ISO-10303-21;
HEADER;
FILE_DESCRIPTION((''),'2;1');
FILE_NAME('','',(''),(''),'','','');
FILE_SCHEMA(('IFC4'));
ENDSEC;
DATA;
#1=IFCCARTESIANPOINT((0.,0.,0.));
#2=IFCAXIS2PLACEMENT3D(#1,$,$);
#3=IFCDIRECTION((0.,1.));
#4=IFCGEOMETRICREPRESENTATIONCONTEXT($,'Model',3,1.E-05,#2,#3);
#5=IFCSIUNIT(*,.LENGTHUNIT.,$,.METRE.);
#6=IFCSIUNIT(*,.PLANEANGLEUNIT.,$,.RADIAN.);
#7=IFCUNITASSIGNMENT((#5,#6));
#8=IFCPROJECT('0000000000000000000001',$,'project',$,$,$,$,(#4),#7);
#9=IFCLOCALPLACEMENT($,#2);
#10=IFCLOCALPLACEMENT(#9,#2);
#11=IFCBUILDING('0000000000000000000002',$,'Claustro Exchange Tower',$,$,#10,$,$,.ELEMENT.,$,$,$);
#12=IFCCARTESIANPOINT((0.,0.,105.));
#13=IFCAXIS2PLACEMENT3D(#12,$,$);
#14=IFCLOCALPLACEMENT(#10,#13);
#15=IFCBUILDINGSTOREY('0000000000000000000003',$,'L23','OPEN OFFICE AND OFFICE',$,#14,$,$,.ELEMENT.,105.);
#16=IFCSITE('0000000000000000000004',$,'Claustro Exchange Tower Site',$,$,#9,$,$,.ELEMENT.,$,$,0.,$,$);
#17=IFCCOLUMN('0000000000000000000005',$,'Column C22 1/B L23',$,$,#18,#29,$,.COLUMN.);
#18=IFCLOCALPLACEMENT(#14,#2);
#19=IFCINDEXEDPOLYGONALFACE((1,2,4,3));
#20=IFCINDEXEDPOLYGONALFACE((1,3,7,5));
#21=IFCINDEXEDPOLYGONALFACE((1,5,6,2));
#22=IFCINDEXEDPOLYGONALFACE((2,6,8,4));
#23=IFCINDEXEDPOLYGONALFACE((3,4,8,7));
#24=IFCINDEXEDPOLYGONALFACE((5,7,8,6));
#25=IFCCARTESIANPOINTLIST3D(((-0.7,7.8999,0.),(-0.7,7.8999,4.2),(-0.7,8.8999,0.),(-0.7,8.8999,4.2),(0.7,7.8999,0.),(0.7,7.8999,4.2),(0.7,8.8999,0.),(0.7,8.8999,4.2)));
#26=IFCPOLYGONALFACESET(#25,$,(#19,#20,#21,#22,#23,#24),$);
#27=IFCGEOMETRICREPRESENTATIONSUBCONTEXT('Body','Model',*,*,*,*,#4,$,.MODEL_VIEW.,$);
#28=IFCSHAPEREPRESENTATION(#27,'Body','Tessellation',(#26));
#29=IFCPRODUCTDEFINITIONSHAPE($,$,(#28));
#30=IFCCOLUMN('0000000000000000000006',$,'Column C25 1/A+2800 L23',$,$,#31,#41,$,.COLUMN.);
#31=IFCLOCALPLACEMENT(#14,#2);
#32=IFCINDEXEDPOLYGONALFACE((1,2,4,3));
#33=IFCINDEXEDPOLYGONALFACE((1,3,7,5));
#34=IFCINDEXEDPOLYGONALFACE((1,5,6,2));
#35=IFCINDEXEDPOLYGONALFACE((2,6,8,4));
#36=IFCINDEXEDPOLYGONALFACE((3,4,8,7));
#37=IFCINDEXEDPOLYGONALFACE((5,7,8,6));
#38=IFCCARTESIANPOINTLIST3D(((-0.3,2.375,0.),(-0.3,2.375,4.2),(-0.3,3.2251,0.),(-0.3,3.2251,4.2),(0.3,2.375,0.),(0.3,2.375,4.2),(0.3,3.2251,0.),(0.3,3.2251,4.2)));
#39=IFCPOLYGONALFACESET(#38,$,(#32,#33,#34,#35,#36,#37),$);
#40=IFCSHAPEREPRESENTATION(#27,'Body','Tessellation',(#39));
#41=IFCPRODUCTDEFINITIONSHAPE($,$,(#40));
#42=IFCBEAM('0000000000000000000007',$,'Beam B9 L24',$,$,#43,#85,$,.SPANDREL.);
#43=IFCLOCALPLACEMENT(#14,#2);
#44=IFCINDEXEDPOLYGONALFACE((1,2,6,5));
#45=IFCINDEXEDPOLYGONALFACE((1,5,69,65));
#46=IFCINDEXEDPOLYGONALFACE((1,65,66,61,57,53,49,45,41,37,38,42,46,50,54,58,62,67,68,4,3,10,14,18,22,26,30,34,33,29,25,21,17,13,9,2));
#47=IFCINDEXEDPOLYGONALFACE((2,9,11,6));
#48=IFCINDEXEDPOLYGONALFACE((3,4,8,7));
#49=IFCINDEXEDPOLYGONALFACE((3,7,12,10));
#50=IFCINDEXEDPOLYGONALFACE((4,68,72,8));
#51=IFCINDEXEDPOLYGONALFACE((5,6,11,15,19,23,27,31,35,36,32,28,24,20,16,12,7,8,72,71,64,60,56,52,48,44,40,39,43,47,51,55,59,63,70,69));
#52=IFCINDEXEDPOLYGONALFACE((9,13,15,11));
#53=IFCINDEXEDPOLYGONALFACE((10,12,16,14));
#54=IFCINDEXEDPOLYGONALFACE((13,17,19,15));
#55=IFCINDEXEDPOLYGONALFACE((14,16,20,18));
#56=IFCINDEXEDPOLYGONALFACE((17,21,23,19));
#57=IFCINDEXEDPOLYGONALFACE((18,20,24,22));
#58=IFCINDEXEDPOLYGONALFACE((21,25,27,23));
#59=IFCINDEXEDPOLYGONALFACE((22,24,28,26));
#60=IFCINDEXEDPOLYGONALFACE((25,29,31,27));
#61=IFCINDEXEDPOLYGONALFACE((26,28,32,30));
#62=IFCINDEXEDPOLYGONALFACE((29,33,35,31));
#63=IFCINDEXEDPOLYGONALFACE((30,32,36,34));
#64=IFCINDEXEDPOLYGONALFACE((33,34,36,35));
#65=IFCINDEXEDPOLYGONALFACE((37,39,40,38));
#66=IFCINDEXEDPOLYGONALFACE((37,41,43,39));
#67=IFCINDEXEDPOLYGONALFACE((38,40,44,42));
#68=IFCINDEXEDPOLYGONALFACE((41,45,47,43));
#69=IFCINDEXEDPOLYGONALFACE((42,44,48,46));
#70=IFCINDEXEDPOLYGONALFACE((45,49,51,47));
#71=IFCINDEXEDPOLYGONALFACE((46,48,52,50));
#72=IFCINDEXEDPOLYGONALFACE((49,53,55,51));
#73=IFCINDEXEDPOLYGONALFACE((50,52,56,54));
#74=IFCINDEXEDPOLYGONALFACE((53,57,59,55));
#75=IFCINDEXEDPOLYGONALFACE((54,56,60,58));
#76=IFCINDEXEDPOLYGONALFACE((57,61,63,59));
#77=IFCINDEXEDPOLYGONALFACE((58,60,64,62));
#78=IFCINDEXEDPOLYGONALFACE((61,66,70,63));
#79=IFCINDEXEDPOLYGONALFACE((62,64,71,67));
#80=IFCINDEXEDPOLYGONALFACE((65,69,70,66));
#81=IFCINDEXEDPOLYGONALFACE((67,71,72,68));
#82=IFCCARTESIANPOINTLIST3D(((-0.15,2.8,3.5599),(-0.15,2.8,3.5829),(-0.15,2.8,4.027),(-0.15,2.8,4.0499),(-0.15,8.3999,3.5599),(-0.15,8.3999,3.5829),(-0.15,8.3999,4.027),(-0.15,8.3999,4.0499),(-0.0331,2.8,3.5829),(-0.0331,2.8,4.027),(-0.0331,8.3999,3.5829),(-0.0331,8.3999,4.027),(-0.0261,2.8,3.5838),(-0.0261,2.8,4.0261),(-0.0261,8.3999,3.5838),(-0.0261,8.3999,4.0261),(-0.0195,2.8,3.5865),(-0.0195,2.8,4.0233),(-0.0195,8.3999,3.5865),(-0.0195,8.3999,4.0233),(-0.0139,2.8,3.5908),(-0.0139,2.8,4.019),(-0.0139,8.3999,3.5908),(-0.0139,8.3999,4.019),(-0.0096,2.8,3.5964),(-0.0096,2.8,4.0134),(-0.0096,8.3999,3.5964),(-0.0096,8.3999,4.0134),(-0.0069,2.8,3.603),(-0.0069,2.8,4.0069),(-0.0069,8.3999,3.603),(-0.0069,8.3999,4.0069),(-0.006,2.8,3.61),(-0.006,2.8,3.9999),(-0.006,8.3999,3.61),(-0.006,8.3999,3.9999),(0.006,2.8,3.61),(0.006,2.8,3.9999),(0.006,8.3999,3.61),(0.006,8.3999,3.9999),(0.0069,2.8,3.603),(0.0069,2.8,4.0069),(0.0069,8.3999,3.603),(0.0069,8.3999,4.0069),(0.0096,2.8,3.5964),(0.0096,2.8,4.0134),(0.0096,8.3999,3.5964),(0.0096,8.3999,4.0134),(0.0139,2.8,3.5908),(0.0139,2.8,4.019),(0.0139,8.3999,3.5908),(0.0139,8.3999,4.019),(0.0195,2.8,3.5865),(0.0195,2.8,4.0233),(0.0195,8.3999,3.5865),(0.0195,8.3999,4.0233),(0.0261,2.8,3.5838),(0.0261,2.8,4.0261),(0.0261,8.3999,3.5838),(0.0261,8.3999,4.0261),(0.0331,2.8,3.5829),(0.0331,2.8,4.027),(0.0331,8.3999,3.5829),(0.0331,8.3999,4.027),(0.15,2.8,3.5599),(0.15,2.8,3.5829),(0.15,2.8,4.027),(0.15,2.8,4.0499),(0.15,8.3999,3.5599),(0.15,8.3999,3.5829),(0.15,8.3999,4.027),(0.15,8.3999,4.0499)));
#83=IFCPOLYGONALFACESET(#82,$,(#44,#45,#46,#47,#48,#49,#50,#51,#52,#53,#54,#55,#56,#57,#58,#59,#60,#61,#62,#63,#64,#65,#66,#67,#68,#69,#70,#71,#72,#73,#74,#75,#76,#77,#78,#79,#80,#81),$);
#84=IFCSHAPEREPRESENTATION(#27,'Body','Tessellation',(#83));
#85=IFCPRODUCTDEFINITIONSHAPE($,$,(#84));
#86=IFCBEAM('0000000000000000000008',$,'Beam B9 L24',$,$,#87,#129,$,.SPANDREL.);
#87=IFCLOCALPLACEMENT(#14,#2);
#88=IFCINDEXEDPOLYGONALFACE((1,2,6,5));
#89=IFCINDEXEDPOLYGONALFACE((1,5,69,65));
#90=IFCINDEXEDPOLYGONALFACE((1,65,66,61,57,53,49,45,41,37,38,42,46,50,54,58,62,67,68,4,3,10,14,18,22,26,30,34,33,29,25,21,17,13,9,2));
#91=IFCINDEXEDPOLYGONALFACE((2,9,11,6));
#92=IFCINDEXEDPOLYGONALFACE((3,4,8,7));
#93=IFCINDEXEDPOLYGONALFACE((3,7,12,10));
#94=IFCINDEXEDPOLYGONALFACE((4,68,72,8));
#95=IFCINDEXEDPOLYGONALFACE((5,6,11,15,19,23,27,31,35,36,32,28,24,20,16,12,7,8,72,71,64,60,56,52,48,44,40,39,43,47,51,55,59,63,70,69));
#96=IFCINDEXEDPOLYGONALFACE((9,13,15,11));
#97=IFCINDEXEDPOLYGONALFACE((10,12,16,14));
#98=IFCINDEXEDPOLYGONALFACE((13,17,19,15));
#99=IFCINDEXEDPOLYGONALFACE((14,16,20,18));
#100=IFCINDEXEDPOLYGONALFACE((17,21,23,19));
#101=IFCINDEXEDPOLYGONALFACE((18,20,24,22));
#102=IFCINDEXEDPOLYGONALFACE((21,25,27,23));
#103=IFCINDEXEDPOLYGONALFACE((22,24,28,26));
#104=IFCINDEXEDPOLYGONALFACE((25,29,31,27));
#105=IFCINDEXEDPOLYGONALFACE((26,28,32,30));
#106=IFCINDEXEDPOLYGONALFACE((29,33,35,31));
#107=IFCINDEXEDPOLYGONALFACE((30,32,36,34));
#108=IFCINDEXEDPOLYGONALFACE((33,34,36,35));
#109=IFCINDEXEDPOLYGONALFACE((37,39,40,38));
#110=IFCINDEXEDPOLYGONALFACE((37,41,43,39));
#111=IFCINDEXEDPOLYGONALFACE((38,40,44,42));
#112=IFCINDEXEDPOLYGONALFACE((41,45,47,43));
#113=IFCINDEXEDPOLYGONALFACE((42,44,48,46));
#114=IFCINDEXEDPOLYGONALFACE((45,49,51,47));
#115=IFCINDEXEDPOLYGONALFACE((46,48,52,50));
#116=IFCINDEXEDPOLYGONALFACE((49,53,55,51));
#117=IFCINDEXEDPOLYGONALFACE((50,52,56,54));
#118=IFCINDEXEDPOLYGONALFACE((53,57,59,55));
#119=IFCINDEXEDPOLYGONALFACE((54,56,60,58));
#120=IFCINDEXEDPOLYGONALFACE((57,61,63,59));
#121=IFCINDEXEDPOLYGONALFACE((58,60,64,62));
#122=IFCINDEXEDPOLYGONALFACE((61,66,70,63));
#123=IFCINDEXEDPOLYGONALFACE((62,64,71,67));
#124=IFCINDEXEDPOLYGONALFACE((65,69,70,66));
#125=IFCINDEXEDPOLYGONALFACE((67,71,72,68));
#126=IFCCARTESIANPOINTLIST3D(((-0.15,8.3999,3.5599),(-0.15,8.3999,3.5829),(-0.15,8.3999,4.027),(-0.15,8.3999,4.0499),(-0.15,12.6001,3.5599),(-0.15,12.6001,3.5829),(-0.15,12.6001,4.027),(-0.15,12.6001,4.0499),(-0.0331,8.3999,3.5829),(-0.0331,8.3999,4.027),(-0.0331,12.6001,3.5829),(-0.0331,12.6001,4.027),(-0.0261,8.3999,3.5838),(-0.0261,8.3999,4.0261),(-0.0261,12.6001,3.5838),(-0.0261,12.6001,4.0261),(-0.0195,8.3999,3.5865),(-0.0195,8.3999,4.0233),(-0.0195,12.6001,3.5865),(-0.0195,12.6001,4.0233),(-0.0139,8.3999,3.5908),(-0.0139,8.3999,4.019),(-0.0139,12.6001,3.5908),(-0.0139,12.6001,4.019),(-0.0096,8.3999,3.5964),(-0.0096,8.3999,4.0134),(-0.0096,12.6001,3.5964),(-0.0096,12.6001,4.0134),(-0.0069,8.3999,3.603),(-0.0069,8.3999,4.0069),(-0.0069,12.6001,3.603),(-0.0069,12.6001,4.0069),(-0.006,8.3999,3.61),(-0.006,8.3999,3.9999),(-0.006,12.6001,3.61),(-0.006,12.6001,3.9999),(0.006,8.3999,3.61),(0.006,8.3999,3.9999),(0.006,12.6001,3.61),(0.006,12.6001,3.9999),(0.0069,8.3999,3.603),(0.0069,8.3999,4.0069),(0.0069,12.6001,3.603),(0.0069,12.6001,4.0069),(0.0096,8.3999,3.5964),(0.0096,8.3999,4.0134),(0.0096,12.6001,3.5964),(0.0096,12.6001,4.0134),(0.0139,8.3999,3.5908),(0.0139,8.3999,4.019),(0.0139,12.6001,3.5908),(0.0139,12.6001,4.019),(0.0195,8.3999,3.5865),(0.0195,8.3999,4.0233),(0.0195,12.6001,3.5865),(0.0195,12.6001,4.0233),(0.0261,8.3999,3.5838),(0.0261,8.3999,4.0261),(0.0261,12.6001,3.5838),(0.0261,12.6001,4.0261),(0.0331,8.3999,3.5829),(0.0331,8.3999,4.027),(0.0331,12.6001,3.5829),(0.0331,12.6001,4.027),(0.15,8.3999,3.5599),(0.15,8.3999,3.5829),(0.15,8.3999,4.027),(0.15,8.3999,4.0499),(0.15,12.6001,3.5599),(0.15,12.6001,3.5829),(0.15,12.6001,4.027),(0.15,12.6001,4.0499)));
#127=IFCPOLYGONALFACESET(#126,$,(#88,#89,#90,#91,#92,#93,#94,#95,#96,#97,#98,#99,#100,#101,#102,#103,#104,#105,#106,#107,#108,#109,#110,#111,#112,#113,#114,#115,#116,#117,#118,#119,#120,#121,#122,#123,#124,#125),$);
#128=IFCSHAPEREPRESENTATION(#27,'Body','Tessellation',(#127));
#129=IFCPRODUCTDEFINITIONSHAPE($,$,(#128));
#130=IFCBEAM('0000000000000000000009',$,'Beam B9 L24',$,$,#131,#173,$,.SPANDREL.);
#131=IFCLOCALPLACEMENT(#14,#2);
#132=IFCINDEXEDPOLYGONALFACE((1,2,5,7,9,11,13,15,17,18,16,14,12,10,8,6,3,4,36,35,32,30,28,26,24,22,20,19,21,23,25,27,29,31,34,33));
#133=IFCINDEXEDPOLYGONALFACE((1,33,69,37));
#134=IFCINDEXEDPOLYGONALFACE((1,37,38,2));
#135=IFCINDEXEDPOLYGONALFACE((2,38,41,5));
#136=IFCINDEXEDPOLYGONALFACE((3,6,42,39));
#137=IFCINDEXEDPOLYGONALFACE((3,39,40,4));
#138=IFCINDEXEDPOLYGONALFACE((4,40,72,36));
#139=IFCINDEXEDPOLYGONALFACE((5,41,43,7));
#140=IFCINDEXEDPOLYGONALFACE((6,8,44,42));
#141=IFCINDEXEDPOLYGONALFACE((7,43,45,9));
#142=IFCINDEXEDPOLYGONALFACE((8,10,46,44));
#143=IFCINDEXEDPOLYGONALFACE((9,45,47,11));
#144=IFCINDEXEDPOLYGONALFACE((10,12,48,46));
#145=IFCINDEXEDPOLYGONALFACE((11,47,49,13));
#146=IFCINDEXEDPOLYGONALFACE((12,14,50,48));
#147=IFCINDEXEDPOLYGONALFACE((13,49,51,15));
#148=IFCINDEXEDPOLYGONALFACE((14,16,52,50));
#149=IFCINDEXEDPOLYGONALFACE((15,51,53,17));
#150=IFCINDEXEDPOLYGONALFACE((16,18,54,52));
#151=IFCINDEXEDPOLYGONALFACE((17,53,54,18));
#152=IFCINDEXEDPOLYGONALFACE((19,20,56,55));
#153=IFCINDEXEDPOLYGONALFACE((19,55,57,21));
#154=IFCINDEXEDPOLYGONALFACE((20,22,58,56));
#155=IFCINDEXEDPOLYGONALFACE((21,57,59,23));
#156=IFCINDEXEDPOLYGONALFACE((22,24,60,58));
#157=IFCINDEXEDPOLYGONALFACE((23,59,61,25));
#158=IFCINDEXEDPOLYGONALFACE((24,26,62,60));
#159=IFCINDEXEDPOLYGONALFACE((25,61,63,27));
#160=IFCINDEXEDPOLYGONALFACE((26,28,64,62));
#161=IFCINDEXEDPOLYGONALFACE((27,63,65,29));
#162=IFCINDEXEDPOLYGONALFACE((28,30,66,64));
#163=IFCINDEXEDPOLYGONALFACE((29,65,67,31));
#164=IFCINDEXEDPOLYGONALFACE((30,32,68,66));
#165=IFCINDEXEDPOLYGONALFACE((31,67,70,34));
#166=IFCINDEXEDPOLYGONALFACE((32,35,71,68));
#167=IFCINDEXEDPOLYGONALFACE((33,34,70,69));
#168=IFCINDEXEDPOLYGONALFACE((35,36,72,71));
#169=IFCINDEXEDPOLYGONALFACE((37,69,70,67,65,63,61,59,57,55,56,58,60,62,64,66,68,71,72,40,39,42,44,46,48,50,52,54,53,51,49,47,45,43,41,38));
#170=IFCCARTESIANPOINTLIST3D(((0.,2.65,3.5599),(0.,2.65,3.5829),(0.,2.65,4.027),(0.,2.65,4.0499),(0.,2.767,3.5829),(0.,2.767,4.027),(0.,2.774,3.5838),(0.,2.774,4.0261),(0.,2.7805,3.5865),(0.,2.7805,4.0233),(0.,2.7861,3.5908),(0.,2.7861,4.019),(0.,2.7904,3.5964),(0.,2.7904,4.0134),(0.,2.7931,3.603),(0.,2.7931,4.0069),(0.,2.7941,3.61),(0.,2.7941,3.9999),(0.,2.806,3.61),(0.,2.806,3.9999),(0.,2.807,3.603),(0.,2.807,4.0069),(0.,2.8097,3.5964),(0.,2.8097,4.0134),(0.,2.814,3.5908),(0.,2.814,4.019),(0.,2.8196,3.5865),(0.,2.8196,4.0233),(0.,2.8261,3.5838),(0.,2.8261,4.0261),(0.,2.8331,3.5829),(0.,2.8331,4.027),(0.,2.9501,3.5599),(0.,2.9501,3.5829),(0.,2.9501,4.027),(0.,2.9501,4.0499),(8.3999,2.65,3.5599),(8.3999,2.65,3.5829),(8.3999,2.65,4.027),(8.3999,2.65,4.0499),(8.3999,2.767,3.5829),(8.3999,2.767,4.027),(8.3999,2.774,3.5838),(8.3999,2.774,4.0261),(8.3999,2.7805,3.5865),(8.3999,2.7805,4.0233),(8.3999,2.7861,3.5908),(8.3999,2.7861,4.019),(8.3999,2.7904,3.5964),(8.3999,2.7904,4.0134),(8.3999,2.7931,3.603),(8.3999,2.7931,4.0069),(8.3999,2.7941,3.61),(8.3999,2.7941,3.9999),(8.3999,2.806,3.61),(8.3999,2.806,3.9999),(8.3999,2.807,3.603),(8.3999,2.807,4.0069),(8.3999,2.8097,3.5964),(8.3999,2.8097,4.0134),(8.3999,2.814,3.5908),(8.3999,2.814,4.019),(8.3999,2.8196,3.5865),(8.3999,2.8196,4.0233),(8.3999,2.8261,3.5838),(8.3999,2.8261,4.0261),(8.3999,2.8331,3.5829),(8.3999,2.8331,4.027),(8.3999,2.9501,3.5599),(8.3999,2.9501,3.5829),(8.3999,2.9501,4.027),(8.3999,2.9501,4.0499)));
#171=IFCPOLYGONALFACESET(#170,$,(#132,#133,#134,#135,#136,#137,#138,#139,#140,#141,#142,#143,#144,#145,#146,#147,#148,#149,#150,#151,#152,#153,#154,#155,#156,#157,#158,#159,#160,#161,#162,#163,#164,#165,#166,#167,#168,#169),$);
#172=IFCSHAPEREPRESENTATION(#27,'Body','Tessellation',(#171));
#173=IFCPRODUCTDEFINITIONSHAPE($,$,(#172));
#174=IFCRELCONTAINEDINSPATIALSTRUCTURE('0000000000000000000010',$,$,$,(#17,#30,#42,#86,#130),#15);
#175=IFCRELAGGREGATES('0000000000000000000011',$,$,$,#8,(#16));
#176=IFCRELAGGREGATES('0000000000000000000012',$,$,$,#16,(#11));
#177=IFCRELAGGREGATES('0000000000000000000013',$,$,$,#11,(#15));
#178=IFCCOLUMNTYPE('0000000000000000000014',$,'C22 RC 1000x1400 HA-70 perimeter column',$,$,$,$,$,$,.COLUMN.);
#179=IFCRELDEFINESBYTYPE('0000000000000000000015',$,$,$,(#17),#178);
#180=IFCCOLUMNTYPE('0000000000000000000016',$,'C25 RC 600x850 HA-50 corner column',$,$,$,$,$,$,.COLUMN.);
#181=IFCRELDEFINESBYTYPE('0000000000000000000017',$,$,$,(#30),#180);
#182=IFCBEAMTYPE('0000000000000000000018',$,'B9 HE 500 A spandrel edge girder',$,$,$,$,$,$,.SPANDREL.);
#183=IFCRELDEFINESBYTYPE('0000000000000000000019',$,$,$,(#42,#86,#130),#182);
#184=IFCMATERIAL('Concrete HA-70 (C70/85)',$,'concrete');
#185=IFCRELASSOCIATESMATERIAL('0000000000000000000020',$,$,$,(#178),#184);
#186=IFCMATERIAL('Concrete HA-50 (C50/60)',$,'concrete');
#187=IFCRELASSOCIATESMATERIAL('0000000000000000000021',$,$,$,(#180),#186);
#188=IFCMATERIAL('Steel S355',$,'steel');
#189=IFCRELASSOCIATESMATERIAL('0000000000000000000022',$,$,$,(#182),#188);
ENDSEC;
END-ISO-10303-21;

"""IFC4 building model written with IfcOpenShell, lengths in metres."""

from ifc_helpers import new_model, si_unit, direction, frame, origin, origin_2d, place, context, subcontext, project, spatial, rectangle, i_section, extrude, material, material_profile, profile_set, type_object, element, save


model = new_model("IFC4")

# Units and contexts
model_context = context("Model", 3, precision=1e-05, world=origin(), true_north=direction((0.0, 1.0)))
body_context = subcontext(model_context, "Body", "Model", "MODEL_VIEW")
ifc_project = project(units=[si_unit("LENGTHUNIT", "METRE"), si_unit("PLANEANGLEUNIT", "RADIAN")], contexts=[model_context])

# Site, building, storey
site_placement = place(None, origin())
site = spatial("IfcSite", under=ifc_project, at=site_placement, Name="Claustro Exchange Tower Site", CompositionType="ELEMENT", RefElevation=0.0)
building_placement = place(site_placement, origin())
building = spatial("IfcBuilding", under=site, at=building_placement, Name="Claustro Exchange Tower", CompositionType="ELEMENT")
storey_placement = place(building_placement, frame((0.0, 0.0, 105.0)))
storey = spatial("IfcBuildingStorey", under=building, at=storey_placement, Name="L23", Description="OPEN OFFICE AND OFFICE", CompositionType="ELEMENT", Elevation=105.0)

# Columns
ifc_material_1 = material(Name="Concrete HA-70 (C70/85)", Category="concrete")
ifc_material_profile_1 = material_profile(ifc_material_1, rectangle(XDim=1.0, YDim=1.3999, at=origin_2d()), Name="RC 1000x1400")
ifc_profile_set_1 = profile_set([ifc_material_profile_1], Name="Concrete HA-70 (C70/85)")
column_type_1 = type_object("IfcColumnType", Name="C22 RC 1000x1400 HA-70 perimeter column", PredefinedType="COLUMN", material=ifc_profile_set_1)
column_1_placement = place(storey_placement, frame((0.0, 8.3999, 0.0), z_axis=(0.0, 0.0, 1.0), x_axis=(0.0, 1.0, 0.0)))
element("IfcColumn", 1, at=column_1_placement, inside=storey, type_object=column_type_1, Name="Column C22 1/B L23", PredefinedType="COLUMN", context=body_context, shape_type="SweptSolid", body=[
    extrude(rectangle(XDim=1.0, YDim=1.3999, at=origin_2d()), origin(), (0.0, 0.0, 1.0), 4.2),
])
ifc_material_2 = material(Name="Concrete HA-50 (C50/60)", Category="concrete")
ifc_material_profile_2 = material_profile(ifc_material_2, rectangle(XDim=0.6001, YDim=0.8501, at=origin_2d()), Name="RC 600x850")
ifc_profile_set_2 = profile_set([ifc_material_profile_2], Name="Concrete HA-50 (C50/60)")
column_type_2 = type_object("IfcColumnType", Name="C25 RC 600x850 HA-50 corner column", PredefinedType="COLUMN", material=ifc_profile_set_2)
column_2_placement = place(storey_placement, frame((0.0, 2.8, 0.0), z_axis=(0.0, 0.0, 1.0), x_axis=(1.0, 0.0, 0.0)))
element("IfcColumn", 2, at=column_2_placement, inside=storey, type_object=column_type_2, Name="Column C25 1/A+2800 L23", PredefinedType="COLUMN", context=body_context, shape_type="SweptSolid", body=[
    extrude(rectangle(XDim=0.6001, YDim=0.8501, at=origin_2d()), origin(), (0.0, 0.0, 1.0), 4.2),
])

# Beams
ifc_material_3 = material(Name="Steel S355", Category="steel")
ifc_material_profile_3 = material_profile(ifc_material_3, i_section(OverallWidth=0.3, OverallDepth=0.49, WebThickness=0.012, FlangeThickness=0.0229, FilletRadius=0.0271, at=origin_2d()), Name="HE 500 A")
ifc_profile_set_3 = profile_set([ifc_material_profile_3], Name="Steel S355")
beam_type = type_object("IfcBeamType", Name="B9 HE 500 A spandrel edge girder", PredefinedType="SPANDREL", material=ifc_profile_set_3)
beam_1_placement = place(storey_placement, frame((0.0, 2.8, 3.8049), z_axis=(0.0, 1.0, 0.0), x_axis=(-1.0, 0.0, 0.0)))
element("IfcBeam", 3, at=beam_1_placement, inside=storey, type_object=beam_type, Name="Beam B9 L24", PredefinedType="SPANDREL", context=body_context, shape_type="SweptSolid", body=[
    extrude(i_section(OverallWidth=0.3, OverallDepth=0.49, WebThickness=0.012, FlangeThickness=0.0229, FilletRadius=0.0271, at=origin_2d()), origin(), (0.0, 0.0, 1.0), 5.5999),
])
beam_2_placement = place(storey_placement, frame((0.0, 8.3999, 3.8049), z_axis=(0.0, 1.0, 0.0), x_axis=(-1.0, 0.0, 0.0)))
element("IfcBeam", 4, at=beam_2_placement, inside=storey, type_object=beam_type, Name="Beam B9 L24", PredefinedType="SPANDREL", context=body_context, shape_type="SweptSolid", body=[
    extrude(i_section(OverallWidth=0.3, OverallDepth=0.49, WebThickness=0.012, FlangeThickness=0.0229, FilletRadius=0.0271, at=origin_2d()), origin(), (0.0, 0.0, 1.0), 4.2002),
])
beam_3_placement = place(storey_placement, frame((0.0, 2.8, 3.8049), z_axis=(1.0, 0.0, 0.0), x_axis=(0.0, 1.0, 0.0)))
element("IfcBeam", 5, at=beam_3_placement, inside=storey, type_object=beam_type, Name="Beam B9 L24", PredefinedType="SPANDREL", context=body_context, shape_type="SweptSolid", body=[
    extrude(i_section(OverallWidth=0.3, OverallDepth=0.49, WebThickness=0.012, FlangeThickness=0.0229, FilletRadius=0.0271, at=origin_2d()), origin(), (0.0, 0.0, 1.0), 8.3999),
])

save(model, "model.ifc")
